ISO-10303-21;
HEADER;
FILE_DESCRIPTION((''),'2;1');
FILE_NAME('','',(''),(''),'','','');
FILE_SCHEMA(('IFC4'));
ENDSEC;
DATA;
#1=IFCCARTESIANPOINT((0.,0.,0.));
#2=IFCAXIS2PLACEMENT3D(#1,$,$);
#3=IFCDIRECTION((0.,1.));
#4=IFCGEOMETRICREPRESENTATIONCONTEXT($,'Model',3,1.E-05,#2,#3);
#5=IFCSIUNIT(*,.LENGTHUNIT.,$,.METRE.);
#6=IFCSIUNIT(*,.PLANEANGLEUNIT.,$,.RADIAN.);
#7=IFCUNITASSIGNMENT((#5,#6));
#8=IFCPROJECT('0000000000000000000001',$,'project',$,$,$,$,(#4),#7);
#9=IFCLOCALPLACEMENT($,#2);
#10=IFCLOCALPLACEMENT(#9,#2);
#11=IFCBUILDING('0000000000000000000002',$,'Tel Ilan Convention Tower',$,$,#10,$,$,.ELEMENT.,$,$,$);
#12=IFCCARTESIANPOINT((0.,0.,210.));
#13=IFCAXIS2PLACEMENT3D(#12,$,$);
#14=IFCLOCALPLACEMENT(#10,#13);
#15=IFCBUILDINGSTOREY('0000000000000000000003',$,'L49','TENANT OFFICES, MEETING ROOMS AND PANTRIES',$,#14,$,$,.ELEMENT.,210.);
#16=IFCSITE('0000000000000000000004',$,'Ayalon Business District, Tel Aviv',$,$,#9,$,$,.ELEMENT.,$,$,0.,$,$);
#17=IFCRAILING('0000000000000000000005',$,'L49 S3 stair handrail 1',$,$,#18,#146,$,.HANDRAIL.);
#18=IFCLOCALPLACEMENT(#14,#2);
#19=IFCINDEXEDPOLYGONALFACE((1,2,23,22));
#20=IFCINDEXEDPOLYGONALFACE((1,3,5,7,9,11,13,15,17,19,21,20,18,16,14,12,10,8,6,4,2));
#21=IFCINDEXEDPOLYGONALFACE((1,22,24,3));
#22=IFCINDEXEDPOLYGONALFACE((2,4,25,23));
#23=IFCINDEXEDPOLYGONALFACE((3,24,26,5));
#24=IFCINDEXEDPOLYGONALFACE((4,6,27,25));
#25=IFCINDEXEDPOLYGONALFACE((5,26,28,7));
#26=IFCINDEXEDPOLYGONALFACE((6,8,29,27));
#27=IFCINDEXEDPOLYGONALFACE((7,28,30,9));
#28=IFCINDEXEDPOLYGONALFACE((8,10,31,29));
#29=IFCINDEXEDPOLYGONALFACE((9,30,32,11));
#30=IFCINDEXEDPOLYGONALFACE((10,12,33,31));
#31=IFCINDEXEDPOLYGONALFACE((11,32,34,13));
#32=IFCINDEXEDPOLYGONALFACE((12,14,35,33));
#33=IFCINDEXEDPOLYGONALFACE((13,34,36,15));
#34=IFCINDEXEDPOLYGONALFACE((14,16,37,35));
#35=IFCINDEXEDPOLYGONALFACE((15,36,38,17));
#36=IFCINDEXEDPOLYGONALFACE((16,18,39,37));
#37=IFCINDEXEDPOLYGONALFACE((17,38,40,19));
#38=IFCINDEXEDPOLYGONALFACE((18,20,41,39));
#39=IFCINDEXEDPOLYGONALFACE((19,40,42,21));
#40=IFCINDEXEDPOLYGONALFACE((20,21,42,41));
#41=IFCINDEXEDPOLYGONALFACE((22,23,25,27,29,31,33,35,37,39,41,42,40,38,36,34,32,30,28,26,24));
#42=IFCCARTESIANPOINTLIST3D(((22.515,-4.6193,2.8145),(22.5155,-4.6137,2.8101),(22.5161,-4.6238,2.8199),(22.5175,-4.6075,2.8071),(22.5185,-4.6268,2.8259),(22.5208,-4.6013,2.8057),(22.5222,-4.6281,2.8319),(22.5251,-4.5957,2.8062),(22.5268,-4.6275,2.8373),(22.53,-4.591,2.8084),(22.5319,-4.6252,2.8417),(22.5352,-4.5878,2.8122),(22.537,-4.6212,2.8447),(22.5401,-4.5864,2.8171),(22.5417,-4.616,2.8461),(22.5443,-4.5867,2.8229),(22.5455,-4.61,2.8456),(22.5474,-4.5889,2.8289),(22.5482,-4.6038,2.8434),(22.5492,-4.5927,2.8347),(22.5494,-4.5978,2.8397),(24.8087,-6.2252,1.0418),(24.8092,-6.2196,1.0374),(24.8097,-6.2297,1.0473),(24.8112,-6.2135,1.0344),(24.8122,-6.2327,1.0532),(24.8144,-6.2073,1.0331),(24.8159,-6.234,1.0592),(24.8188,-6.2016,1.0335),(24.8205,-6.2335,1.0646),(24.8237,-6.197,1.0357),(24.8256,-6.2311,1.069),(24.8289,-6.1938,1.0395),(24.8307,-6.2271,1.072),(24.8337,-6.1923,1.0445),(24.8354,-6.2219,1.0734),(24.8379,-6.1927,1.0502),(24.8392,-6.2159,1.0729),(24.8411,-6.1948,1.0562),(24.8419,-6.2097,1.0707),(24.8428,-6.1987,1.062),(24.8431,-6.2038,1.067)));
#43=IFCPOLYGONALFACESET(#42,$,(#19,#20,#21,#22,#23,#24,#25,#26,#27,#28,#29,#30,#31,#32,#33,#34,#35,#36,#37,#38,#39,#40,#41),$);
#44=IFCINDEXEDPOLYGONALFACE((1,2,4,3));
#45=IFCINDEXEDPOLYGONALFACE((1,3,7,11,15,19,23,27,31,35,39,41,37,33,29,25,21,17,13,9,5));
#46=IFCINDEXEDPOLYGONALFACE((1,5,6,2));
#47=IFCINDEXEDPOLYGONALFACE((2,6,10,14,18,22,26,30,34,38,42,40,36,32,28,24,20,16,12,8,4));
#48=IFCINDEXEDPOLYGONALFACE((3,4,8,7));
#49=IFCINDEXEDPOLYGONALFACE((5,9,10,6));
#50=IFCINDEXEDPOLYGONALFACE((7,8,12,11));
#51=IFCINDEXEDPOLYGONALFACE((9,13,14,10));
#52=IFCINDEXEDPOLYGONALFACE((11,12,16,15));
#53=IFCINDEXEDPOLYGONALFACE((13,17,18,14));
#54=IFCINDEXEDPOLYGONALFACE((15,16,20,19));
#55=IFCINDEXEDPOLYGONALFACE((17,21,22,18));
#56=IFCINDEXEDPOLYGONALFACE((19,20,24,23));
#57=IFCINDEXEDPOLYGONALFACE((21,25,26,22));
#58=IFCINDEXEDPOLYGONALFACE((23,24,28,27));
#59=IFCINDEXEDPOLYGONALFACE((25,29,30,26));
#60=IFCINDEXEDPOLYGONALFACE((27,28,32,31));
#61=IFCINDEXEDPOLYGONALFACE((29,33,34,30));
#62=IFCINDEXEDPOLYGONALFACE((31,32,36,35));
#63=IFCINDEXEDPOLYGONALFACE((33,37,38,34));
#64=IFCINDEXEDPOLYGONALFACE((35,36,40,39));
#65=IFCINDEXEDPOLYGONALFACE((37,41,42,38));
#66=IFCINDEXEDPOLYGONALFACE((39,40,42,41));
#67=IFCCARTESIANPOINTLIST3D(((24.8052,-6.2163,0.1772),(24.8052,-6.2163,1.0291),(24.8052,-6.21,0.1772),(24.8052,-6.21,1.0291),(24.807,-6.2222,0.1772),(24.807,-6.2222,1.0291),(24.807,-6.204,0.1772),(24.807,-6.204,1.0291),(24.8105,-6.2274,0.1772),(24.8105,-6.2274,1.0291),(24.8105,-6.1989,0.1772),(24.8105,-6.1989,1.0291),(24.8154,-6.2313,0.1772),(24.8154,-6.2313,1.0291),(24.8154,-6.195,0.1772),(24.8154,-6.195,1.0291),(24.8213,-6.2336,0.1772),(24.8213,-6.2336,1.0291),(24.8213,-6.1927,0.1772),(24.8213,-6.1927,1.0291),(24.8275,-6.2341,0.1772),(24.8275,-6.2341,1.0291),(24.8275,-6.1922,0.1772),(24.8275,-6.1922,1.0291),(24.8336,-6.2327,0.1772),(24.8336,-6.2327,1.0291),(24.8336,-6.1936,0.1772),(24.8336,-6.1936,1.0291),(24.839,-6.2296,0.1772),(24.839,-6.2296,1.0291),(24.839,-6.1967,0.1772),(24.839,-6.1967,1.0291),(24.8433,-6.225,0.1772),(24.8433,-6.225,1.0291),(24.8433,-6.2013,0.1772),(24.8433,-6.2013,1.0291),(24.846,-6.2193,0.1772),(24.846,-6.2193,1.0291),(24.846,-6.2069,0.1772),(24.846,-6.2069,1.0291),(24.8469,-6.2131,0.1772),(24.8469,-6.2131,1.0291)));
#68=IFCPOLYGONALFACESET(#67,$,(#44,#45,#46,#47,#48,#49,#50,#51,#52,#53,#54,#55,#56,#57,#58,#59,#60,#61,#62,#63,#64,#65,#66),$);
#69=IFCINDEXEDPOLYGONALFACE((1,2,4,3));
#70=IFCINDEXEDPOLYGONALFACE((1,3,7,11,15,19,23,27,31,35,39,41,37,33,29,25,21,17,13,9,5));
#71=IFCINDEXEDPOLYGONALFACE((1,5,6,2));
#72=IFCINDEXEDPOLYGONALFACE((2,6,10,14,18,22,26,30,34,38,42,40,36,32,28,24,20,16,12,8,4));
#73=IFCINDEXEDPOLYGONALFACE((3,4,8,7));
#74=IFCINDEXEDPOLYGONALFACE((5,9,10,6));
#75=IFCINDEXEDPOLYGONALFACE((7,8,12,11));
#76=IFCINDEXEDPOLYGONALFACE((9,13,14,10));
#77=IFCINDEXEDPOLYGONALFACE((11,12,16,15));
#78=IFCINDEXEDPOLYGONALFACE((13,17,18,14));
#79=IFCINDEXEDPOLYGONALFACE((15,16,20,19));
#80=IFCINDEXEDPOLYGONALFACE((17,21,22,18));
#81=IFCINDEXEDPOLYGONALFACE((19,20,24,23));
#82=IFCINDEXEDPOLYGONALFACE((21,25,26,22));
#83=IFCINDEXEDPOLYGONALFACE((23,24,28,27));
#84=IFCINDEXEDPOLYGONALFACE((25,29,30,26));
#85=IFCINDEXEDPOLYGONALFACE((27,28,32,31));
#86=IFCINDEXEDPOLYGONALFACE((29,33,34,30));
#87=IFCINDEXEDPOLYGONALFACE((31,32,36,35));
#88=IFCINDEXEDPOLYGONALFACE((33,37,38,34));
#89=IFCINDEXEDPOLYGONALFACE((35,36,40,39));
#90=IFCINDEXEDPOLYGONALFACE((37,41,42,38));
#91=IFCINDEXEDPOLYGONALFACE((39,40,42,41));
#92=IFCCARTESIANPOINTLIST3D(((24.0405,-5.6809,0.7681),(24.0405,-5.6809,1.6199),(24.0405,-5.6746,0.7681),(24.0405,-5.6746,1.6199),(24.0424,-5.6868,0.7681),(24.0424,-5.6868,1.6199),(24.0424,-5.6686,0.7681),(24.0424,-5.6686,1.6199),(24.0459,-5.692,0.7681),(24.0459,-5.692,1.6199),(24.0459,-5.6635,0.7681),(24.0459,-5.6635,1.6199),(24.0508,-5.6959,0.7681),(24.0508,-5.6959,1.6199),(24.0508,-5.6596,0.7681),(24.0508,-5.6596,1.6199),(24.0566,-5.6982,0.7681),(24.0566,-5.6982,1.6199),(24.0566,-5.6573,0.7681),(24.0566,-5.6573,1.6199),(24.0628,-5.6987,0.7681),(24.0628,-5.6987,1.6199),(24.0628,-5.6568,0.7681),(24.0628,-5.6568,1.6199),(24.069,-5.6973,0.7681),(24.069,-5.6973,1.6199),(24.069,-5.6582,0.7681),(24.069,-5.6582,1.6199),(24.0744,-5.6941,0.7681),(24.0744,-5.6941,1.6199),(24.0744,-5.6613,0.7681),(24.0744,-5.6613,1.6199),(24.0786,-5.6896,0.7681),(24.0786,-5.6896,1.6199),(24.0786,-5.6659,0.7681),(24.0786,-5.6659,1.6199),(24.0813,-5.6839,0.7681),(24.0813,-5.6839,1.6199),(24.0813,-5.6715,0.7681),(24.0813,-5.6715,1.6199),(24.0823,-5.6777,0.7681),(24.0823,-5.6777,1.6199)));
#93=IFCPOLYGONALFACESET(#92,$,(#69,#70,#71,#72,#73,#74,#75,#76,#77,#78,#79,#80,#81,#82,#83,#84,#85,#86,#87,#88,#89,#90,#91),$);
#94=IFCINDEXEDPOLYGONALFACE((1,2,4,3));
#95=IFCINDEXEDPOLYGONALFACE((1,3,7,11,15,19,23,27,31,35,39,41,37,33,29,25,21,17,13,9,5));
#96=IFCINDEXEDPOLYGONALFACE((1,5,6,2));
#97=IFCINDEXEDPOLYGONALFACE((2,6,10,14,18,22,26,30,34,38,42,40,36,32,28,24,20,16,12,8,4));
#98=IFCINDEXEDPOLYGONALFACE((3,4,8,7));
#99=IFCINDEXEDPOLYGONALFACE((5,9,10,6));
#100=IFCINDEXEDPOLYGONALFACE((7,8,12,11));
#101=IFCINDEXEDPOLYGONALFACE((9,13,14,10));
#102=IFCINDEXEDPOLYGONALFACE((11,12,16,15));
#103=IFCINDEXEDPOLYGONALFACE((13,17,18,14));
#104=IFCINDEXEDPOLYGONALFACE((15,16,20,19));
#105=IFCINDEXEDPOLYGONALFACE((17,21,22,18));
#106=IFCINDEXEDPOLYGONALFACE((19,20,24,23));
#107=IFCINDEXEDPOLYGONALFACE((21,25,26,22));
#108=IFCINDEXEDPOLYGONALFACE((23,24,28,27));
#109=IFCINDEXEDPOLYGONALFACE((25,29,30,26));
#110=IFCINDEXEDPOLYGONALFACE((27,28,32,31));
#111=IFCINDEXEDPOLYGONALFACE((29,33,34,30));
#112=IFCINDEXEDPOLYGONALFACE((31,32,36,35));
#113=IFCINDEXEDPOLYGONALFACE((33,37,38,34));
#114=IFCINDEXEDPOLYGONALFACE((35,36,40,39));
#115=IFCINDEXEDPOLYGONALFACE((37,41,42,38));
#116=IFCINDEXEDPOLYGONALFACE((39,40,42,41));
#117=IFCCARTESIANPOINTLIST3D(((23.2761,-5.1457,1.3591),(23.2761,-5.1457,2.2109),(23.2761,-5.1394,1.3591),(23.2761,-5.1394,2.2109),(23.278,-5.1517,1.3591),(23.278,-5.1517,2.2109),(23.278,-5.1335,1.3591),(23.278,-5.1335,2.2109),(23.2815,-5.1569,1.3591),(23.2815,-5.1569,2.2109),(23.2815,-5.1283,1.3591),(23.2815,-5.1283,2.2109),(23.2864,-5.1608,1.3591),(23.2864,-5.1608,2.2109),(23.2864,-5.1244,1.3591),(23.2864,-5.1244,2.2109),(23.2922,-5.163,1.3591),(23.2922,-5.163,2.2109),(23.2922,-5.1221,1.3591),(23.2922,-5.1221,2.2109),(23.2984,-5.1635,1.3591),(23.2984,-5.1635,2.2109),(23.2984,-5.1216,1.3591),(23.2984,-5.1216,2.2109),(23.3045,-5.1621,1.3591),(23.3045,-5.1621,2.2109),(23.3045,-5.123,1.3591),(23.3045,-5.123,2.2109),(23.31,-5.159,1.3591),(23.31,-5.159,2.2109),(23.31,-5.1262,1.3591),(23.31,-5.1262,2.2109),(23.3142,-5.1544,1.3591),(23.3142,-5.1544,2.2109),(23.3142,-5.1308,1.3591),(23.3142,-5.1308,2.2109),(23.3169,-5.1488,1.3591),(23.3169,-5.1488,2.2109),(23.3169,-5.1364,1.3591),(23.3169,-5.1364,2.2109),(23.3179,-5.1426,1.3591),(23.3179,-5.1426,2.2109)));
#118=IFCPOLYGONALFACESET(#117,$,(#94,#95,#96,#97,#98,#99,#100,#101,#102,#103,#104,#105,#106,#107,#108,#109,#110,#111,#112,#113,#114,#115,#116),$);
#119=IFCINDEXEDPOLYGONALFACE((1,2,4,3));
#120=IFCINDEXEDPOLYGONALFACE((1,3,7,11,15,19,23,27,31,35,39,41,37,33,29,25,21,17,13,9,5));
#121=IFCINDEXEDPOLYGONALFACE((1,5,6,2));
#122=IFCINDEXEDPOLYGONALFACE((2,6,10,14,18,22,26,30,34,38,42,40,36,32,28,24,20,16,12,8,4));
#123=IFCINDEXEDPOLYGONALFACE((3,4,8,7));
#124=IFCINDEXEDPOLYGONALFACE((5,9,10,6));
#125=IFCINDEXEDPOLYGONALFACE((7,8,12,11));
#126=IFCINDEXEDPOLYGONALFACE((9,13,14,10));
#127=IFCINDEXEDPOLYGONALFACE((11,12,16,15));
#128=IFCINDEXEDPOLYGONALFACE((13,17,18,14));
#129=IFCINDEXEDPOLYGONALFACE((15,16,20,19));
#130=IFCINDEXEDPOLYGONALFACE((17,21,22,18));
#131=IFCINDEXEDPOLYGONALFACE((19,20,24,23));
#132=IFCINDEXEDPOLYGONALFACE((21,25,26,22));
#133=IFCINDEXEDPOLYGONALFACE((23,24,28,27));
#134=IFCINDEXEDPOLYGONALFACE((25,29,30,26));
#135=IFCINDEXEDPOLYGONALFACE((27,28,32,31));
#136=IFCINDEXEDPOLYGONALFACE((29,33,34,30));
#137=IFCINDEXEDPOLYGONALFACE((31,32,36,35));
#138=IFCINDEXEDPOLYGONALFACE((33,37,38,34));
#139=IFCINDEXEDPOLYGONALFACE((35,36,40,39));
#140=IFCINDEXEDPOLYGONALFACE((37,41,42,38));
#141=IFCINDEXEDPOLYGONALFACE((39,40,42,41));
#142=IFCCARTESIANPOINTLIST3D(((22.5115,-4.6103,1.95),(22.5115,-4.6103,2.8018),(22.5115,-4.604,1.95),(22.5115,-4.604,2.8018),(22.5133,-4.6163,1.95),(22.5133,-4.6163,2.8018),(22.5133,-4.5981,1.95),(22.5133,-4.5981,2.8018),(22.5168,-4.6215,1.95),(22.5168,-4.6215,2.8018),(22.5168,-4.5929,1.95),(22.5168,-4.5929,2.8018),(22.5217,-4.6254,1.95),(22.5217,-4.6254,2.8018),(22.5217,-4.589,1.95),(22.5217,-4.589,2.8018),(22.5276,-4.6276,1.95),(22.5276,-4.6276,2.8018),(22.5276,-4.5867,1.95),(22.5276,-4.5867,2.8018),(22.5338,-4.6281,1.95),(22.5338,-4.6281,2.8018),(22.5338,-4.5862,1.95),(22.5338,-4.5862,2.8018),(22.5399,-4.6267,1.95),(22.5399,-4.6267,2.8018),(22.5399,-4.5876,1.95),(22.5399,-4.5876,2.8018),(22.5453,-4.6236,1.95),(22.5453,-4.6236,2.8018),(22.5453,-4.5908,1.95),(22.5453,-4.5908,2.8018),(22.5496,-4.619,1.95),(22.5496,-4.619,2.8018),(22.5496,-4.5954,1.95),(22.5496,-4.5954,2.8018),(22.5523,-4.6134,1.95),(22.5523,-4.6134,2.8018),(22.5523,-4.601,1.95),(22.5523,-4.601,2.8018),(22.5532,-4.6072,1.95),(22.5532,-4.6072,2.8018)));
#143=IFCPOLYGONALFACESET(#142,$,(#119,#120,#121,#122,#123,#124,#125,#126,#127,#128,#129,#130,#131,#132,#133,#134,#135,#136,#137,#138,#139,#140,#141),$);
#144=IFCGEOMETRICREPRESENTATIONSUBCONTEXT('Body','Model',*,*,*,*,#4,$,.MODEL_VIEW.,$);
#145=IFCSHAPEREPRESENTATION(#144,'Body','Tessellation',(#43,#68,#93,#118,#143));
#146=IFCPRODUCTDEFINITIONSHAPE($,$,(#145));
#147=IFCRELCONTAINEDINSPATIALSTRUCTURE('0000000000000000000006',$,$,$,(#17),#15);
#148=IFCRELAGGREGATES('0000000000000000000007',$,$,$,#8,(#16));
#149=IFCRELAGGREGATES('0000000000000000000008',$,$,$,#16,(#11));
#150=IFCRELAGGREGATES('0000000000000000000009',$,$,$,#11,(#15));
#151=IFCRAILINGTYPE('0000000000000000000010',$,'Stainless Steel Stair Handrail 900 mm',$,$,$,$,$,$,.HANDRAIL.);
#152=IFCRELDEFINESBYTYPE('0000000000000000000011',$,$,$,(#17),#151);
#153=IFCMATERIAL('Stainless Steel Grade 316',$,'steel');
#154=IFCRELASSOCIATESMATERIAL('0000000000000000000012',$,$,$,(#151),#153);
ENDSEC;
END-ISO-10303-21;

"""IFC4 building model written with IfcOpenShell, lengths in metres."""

from ifc_helpers import new_model, si_unit, direction, frame, origin, origin_2d, place, context, subcontext, project, spatial, circle, extrude, material, type_object, element, save


model = new_model("IFC4")

# Units and contexts
model_context = context("Model", 3, precision=1e-05, world=origin(), true_north=direction((0.0, 1.0)))
body_context = subcontext(model_context, "Body", "Model", "MODEL_VIEW")
ifc_project = project(units=[si_unit("LENGTHUNIT", "METRE"), si_unit("PLANEANGLEUNIT", "RADIAN")], contexts=[model_context])

# Site, building, storey
site_placement = place(None, origin())
site = spatial("IfcSite", under=ifc_project, at=site_placement, Name="Ayalon Business District, Tel Aviv", CompositionType="ELEMENT", RefElevation=0.0)
building_placement = place(site_placement, origin())
building = spatial("IfcBuilding", under=site, at=building_placement, Name="Tel Ilan Convention Tower", CompositionType="ELEMENT")
storey_placement = place(building_placement, frame((0.0, 0.0, 210.0)))
storey = spatial("IfcBuildingStorey", under=building, at=storey_placement, Name="L49", Description="TENANT OFFICES, MEETING ROOMS AND PANTRIES", CompositionType="ELEMENT", Elevation=210.0)

# Railing
ifc_material_1 = material(Name="Stainless Steel Grade 316", Category="steel")
railing_type_1 = type_object("IfcRailingType", Name="Stainless Steel Stair Handrail 900 mm", PredefinedType="HANDRAIL", material=ifc_material_1)
railing_1_placement = place(storey_placement, frame((24.8259, -6.2131, 0.1772)))
element("IfcRailing", 1, at=railing_1_placement, inside=storey, type_object=railing_type_1, Name="L49 S3 stair handrail 1", PredefinedType="HANDRAIL", context=body_context, shape_type="SweptSolid", body=[
    extrude(circle(Radius=0.0239, at=origin_2d()), frame((0.0, 0.0, 0.876), z_axis=(-0.692123, 0.484597, 0.534913), x_axis=(-0.57355, -0.81917, 0.0)), (0.0, 0.0, 1.0), 3.314),
    extrude(circle(Radius=0.021, at=origin_2d()), origin(), (0.0, 0.0, 1.0), 0.8518),
    extrude(circle(Radius=0.021, at=origin_2d()), frame((-0.7646, 0.5354, 0.5908)), (0.0, 0.0, 1.0), 0.8518),
    extrude(circle(Radius=0.021, at=origin_2d()), frame((-1.5291, 1.0706, 1.1819)), (0.0, 0.0, 1.0), 0.8518),
    extrude(circle(Radius=0.021, at=origin_2d()), frame((-2.2937, 1.606, 1.7727)), (0.0, 0.0, 1.0), 0.8518),
])

save(model, "model.ifc")
